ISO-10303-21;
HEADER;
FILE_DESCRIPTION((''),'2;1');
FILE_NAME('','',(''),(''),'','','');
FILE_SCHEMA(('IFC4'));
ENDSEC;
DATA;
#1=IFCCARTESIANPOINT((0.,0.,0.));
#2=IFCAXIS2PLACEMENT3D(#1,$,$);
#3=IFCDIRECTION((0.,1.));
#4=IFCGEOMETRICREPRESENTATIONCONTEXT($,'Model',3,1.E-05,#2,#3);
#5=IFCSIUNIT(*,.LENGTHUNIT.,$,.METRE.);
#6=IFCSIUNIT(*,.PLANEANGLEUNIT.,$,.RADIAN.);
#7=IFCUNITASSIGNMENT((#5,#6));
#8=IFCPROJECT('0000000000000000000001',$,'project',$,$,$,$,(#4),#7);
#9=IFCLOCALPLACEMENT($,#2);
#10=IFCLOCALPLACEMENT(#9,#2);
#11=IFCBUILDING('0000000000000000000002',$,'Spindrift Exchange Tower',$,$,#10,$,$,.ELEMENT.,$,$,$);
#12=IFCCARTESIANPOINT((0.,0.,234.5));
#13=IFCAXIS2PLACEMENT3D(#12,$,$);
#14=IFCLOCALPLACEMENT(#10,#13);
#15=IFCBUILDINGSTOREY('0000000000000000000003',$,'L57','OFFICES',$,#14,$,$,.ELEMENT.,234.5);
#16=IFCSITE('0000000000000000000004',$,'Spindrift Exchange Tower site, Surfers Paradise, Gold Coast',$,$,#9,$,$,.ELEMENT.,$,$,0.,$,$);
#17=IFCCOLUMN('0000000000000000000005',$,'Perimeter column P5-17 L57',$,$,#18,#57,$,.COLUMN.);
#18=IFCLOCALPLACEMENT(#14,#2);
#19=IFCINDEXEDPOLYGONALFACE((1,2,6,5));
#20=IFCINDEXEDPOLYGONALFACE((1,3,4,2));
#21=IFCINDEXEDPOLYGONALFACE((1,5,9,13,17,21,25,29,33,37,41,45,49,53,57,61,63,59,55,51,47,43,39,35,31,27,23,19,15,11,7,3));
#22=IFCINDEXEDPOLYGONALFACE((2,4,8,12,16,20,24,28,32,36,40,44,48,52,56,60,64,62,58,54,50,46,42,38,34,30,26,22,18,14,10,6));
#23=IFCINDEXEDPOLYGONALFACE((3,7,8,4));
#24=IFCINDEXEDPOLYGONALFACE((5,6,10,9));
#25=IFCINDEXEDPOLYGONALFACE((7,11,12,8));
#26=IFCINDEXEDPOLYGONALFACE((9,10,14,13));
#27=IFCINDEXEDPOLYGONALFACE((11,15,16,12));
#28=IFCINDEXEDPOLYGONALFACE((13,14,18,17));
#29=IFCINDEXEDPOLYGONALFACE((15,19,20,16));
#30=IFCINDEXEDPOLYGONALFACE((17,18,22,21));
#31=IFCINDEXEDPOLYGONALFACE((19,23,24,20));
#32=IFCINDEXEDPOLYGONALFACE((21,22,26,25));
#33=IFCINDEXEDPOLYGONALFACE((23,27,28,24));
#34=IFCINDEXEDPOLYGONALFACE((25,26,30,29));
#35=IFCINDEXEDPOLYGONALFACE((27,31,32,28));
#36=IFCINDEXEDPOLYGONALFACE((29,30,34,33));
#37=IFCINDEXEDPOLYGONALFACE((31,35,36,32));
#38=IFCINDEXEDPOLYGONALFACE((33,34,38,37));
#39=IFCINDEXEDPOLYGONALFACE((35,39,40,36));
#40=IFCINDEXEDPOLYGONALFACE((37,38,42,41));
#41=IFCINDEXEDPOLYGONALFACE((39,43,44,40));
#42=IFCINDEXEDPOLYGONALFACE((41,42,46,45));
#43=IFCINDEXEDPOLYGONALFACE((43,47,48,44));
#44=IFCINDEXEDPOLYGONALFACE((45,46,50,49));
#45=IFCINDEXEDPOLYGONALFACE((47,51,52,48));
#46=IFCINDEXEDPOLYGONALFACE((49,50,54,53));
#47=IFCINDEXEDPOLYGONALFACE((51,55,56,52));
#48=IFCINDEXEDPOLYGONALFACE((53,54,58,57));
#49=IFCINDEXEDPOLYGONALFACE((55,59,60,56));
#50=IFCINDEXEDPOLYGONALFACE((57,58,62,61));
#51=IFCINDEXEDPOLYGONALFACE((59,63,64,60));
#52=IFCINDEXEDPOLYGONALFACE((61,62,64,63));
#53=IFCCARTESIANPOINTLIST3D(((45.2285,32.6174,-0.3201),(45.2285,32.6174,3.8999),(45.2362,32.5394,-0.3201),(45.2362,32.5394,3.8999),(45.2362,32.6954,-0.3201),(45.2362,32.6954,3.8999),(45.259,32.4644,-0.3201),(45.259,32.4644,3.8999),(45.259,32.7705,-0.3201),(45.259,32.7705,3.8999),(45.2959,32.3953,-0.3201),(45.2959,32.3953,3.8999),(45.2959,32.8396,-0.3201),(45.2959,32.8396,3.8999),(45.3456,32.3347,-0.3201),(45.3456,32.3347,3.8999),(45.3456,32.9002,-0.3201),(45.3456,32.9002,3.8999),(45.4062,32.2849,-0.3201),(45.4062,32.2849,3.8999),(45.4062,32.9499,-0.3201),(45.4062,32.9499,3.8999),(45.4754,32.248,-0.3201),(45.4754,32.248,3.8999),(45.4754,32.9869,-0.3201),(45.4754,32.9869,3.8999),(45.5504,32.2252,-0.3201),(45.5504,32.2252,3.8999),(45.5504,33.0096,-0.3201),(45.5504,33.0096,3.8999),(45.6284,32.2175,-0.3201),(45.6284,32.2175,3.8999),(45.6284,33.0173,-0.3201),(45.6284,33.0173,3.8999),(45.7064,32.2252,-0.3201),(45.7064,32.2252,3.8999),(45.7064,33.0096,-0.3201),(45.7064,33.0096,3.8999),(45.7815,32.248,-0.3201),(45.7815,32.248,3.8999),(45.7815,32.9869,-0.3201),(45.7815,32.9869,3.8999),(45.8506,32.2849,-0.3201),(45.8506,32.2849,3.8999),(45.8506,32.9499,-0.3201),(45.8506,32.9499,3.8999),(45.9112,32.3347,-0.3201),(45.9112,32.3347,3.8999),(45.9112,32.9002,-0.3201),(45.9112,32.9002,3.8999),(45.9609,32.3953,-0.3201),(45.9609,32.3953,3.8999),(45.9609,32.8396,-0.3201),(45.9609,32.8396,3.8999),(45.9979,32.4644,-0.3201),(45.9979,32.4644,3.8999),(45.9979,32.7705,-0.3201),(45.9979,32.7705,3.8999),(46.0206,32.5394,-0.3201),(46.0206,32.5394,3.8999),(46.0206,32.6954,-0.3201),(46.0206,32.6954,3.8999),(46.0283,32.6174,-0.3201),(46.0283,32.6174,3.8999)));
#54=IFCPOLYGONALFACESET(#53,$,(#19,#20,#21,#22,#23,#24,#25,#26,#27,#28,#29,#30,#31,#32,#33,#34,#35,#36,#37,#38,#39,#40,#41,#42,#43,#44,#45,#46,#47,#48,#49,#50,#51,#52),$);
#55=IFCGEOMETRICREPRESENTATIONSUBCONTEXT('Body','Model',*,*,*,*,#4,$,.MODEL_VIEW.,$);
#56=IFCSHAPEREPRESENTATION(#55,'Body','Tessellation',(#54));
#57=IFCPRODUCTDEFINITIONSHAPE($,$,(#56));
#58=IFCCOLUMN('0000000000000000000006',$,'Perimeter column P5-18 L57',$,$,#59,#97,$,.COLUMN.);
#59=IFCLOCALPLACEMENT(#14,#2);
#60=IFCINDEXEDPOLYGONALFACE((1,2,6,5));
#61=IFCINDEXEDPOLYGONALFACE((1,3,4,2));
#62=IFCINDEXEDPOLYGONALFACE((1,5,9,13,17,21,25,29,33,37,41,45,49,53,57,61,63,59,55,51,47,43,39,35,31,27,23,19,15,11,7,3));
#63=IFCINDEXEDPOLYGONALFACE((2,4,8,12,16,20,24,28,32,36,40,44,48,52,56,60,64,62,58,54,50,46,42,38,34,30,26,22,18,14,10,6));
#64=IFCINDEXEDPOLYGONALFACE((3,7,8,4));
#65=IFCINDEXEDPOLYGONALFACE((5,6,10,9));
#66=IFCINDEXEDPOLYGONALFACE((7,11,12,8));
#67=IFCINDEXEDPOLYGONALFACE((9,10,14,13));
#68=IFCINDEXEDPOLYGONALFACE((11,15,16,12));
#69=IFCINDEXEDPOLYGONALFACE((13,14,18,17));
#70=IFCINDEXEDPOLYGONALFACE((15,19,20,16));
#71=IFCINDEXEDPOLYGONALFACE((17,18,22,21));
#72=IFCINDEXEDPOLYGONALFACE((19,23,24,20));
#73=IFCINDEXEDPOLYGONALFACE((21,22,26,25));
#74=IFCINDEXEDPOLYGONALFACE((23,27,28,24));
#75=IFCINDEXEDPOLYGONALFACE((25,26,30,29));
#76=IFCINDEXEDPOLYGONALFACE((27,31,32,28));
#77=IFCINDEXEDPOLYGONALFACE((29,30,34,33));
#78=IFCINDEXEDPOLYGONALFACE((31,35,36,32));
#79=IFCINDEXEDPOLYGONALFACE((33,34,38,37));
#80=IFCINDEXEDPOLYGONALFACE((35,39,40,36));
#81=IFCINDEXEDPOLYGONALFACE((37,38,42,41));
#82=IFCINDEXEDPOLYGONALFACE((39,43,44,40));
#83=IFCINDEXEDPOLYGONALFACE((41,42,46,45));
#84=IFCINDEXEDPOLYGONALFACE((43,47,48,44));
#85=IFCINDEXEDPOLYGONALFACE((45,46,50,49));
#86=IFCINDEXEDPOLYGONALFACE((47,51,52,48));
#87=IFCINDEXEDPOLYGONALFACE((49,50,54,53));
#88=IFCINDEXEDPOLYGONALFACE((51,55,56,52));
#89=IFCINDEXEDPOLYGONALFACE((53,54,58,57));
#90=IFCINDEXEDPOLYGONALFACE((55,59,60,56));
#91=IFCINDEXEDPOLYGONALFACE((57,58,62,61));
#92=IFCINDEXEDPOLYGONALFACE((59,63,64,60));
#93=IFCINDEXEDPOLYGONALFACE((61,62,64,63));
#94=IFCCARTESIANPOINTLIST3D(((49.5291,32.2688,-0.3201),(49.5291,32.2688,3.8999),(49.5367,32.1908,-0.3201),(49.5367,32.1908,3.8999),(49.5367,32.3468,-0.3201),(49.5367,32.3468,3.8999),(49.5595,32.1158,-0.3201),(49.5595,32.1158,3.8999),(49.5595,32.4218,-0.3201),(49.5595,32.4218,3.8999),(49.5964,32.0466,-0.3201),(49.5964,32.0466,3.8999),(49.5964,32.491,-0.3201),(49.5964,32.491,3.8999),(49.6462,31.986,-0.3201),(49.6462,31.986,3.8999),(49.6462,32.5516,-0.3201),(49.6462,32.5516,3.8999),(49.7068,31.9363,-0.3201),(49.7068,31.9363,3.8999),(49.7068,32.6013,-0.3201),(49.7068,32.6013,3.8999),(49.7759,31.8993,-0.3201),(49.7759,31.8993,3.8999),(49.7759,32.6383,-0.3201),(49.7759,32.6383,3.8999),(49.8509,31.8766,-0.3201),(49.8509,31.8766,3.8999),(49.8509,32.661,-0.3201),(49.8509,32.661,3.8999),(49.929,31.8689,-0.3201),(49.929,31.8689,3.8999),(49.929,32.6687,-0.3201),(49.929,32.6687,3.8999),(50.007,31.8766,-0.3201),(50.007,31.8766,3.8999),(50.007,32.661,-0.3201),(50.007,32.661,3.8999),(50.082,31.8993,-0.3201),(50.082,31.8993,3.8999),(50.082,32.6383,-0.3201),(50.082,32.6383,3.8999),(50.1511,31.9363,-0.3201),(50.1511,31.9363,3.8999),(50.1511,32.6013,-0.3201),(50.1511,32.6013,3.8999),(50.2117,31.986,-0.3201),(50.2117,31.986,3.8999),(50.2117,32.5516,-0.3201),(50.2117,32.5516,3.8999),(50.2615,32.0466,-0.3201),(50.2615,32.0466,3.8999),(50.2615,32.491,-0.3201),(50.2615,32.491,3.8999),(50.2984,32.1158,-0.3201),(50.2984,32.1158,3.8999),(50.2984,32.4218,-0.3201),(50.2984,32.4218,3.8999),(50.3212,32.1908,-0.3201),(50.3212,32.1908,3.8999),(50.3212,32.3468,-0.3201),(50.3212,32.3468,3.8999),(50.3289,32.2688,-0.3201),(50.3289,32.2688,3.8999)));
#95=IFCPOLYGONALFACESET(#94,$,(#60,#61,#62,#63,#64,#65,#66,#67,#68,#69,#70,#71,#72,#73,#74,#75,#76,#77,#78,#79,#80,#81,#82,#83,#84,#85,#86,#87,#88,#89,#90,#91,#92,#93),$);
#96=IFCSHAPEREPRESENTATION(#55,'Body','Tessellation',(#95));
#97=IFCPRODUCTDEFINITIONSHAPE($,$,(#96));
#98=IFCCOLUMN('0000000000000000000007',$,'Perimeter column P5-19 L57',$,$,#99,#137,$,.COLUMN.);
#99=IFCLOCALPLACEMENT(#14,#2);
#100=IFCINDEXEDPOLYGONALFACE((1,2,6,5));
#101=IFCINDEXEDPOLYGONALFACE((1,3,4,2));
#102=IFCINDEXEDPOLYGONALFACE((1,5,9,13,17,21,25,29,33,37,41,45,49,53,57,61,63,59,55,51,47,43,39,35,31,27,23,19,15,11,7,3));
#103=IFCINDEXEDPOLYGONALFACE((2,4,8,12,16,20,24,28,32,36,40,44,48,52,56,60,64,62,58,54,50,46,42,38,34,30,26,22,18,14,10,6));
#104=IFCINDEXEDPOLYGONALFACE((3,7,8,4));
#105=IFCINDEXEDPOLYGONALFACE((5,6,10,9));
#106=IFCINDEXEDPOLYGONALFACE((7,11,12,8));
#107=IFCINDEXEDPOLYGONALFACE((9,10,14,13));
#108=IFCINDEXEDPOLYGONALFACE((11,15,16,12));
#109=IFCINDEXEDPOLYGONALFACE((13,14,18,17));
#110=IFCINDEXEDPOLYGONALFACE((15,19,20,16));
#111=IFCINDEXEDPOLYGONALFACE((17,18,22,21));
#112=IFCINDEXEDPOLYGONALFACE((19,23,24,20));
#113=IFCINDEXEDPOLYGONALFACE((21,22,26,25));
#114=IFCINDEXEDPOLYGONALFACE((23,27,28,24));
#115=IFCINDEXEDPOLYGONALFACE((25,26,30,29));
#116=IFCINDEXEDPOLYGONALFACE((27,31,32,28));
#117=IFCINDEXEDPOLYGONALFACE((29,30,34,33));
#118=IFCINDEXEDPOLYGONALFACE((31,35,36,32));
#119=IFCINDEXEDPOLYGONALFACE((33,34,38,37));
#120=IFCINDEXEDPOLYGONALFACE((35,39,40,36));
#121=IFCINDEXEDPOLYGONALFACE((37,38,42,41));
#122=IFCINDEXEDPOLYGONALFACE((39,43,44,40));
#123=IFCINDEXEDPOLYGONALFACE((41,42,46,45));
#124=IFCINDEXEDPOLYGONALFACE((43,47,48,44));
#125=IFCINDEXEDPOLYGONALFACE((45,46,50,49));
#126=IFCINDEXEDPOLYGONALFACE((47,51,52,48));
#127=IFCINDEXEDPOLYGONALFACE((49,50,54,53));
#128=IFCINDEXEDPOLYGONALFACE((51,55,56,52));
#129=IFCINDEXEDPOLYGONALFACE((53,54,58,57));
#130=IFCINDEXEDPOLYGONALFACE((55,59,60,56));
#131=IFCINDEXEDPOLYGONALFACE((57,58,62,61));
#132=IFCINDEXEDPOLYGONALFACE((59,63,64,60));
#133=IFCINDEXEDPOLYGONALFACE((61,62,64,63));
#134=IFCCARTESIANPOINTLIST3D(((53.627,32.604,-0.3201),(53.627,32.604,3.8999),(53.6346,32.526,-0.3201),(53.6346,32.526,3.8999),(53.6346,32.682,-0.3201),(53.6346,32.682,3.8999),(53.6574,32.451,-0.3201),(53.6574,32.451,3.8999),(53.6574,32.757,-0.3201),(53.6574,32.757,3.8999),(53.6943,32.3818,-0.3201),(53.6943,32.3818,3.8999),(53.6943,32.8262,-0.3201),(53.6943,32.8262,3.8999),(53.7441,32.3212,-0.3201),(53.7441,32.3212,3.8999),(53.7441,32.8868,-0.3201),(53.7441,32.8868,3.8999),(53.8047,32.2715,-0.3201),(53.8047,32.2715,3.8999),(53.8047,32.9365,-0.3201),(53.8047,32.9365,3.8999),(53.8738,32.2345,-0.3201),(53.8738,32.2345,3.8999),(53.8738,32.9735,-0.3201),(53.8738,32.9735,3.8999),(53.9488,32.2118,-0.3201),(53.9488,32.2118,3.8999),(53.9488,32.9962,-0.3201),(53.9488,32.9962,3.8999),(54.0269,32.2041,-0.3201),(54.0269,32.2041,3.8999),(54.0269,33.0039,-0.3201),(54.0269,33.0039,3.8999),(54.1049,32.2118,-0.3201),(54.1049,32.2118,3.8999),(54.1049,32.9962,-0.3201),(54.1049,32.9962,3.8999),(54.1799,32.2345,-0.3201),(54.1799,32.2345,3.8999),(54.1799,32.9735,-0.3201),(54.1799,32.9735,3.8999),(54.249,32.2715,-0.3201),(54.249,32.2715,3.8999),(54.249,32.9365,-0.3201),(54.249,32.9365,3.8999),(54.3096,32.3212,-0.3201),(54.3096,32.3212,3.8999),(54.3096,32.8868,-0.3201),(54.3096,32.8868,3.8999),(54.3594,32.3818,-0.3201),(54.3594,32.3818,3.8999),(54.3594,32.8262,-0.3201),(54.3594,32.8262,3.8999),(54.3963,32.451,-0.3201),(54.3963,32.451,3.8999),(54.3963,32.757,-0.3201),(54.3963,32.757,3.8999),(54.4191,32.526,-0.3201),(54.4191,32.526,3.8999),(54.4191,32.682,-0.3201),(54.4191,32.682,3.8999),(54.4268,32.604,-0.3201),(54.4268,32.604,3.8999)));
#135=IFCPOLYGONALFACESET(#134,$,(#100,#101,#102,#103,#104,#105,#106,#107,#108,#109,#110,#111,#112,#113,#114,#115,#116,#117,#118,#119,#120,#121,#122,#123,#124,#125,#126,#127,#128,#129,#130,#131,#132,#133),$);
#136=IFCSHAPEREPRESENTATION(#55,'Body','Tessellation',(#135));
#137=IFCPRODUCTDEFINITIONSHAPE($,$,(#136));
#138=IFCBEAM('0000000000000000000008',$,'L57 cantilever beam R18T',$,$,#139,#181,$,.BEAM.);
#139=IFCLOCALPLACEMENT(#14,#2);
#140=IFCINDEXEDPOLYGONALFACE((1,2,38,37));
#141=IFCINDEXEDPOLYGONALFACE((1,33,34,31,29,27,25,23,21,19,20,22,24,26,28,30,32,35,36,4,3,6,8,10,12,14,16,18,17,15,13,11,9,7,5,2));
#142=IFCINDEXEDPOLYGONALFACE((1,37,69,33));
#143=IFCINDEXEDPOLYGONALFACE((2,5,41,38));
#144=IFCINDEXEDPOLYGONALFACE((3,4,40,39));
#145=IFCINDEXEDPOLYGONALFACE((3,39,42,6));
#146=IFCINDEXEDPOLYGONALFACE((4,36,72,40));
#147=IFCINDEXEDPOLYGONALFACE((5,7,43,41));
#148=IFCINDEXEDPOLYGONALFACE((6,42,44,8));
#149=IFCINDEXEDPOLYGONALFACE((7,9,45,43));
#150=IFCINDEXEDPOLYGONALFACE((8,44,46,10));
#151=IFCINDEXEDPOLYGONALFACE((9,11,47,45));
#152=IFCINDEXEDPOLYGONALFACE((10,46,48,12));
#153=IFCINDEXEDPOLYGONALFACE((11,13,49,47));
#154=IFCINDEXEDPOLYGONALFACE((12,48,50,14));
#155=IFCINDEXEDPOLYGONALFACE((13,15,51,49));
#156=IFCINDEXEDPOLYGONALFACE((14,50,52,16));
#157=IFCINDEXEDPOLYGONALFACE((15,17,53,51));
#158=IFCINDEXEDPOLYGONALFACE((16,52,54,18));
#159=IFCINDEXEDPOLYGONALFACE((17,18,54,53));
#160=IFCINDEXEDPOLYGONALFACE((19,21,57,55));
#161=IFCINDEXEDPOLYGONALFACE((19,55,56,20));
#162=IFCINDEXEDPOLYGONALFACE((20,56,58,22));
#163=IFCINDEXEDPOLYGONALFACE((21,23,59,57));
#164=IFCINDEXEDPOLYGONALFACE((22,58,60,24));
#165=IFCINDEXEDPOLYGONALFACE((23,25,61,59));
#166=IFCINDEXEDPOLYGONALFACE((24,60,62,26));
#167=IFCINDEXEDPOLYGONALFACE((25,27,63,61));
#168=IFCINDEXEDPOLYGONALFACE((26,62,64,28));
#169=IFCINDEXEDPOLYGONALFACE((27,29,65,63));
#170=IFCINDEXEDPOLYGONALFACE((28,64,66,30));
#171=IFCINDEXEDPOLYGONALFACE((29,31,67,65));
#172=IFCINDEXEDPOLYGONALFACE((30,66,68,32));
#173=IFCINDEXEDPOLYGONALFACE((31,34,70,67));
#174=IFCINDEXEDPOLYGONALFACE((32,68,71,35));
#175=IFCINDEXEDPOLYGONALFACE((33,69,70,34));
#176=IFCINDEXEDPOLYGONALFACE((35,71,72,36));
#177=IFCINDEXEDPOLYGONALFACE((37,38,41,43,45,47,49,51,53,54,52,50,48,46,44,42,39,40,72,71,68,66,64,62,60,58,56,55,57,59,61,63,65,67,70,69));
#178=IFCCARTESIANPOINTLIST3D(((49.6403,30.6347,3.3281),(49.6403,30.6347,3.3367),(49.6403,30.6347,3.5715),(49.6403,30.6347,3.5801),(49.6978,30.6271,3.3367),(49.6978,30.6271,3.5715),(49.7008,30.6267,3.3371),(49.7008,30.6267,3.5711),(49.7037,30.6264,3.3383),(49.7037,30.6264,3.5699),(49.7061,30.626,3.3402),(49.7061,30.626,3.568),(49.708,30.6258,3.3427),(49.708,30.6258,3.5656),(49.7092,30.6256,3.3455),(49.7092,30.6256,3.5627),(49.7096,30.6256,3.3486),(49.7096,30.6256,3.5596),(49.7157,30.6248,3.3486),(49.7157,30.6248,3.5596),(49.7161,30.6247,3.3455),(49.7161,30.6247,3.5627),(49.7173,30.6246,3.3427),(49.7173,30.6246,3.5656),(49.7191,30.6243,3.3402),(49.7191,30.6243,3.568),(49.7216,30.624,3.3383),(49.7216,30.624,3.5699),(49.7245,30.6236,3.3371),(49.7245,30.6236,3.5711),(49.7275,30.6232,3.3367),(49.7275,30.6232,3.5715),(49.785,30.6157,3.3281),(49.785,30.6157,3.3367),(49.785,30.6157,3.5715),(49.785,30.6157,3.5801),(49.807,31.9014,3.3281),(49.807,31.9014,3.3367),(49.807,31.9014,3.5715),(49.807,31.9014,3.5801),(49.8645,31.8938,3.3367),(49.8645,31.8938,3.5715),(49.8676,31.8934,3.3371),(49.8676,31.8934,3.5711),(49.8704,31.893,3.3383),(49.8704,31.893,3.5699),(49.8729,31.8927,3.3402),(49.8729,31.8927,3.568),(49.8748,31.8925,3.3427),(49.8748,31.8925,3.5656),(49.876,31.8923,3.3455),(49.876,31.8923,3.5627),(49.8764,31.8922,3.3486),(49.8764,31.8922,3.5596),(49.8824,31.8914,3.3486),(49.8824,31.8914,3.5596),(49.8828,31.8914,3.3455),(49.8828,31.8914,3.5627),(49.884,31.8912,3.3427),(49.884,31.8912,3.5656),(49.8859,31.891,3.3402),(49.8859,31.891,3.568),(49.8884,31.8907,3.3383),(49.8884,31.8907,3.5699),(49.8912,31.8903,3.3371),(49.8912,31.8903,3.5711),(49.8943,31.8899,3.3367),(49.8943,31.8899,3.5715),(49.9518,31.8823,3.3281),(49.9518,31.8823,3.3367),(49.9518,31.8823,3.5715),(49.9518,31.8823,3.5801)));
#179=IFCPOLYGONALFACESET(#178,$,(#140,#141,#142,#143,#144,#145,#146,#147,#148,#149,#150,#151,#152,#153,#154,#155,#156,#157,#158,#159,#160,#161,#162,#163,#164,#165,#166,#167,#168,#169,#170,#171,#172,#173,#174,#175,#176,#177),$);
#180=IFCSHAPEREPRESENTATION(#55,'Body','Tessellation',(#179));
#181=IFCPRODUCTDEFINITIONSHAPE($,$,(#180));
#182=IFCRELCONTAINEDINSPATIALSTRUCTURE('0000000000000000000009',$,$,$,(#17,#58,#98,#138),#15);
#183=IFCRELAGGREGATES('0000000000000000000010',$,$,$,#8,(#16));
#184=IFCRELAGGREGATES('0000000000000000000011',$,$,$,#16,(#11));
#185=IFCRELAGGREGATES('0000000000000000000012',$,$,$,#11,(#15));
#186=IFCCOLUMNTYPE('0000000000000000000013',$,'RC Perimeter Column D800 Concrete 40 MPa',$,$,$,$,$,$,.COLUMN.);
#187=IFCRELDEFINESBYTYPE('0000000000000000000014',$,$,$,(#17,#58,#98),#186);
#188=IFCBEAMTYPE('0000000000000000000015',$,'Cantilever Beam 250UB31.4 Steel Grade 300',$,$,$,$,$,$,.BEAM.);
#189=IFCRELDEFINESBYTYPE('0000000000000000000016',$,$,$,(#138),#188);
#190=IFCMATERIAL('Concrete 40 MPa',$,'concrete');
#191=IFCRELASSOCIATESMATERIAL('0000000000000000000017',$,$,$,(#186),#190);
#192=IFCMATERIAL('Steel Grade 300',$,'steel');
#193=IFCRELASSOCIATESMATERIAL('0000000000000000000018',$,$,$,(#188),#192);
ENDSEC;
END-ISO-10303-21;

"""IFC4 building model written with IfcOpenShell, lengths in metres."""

from ifc_helpers import new_model, si_unit, direction, frame, origin, origin_2d, place, context, subcontext, project, spatial, circle, i_section, extrude, source, transform, mapped, material, material_profile, profile_set, type_object, element, save


model = new_model("IFC4")

# Units and contexts
model_context = context("Model", 3, precision=1e-05, world=origin(), true_north=direction((0.0, 1.0)))
body_context = subcontext(model_context, "Body", "Model", "MODEL_VIEW")
ifc_project = project(units=[si_unit("LENGTHUNIT", "METRE"), si_unit("PLANEANGLEUNIT", "RADIAN")], contexts=[model_context])

# Site, building, storey
site_placement = place(None, origin())
site = spatial("IfcSite", under=ifc_project, at=site_placement, Name="Spindrift Exchange Tower site, Surfers Paradise, Gold Coast", CompositionType="ELEMENT", RefElevation=0.0)
building_placement = place(site_placement, origin())
building = spatial("IfcBuilding", under=site, at=building_placement, Name="Spindrift Exchange Tower", CompositionType="ELEMENT")
storey_placement = place(building_placement, frame((0.0, 0.0, 234.5)))
storey = spatial("IfcBuildingStorey", under=building, at=storey_placement, Name="L57", Description="OFFICES", CompositionType="ELEMENT", Elevation=234.5)

# Columns
ifc_material_1 = material(Name="Concrete 40 MPa", Category="concrete")
ifc_material_profile_1 = material_profile(ifc_material_1, circle(Radius=0.3999, at=origin_2d()), Name="RC D800")
ifc_profile_set_1 = profile_set([ifc_material_profile_1], Name="Concrete 40 MPa")
column_type = type_object("IfcColumnType", Name="RC Perimeter Column D800 Concrete 40 MPa", PredefinedType="COLUMN", material=ifc_profile_set_1)
shared_shape_1 = source(origin(), body_context, "Body", "SweptSolid", [
    extrude(circle(Radius=0.3999, at=origin_2d()), origin(), (0.0, 0.0, 1.0), 4.22),
])
for number, where, z_axis, x_axis, name in (
    (1, (45.6284, 32.6174, -0.3201), (0.0, 0.0, 1.0), (1.0, 0.0, 0.0), "Perimeter column P5-17 L57"),
    (2, (49.929, 32.2688, -0.3201), (0.0, 0.0, 1.0), (1.0, 0.0, 0.0), "Perimeter column P5-18 L57"),
    (3, (54.0269, 32.604, -0.3201), (0.0, 0.0, 1.0), (1.0, 0.0, 0.0), "Perimeter column P5-19 L57"),
):
    element("IfcColumn", number, at=place(storey_placement, frame(where, z_axis=z_axis, x_axis=x_axis)), inside=storey, type_object=column_type, Name=name, PredefinedType="COLUMN", context=body_context, shape_type="MappedRepresentation", body=[
        mapped(shared_shape_1, transform((0.0, 0.0, 0.0), scale=1.0)),
    ])

# Beam
ifc_material_2 = material(Name="Steel Grade 300", Category="steel")
ifc_material_profile_2 = material_profile(ifc_material_2, i_section(OverallWidth=0.146, OverallDepth=0.252, WebThickness=0.0061, FlangeThickness=0.0085, FilletRadius=0.012, at=origin_2d()), Name="250UB31.4")
ifc_profile_set_2 = profile_set([ifc_material_profile_2], Name="Steel Grade 300")
beam_type_1 = type_object("IfcBeamType", Name="Cantilever Beam 250UB31.4 Steel Grade 300", PredefinedType="BEAM", material=ifc_profile_set_2)
shared_shape_2 = source(origin(), body_context, "Body", "SweptSolid", [
    extrude(i_section(OverallWidth=0.146, OverallDepth=0.252, WebThickness=0.0061, FlangeThickness=0.0085, FilletRadius=0.012, at=origin_2d()), origin(), (0.0, 0.0, 1.0), 1.2776),
])
beam_1_placement = place(storey_placement, frame((49.8794, 31.8918, 3.4541), z_axis=(-0.130524, -0.991445, 0.0), x_axis=(0.991445, -0.130524, 0.0)))
element("IfcBeam", 4, at=beam_1_placement, inside=storey, type_object=beam_type_1, Name="L57 cantilever beam R18T", PredefinedType="BEAM", context=body_context, shape_type="MappedRepresentation", body=[
    mapped(shared_shape_2, transform((0.0, 0.0, 0.0), scale=1.0)),
])

save(model, "model.ifc")
